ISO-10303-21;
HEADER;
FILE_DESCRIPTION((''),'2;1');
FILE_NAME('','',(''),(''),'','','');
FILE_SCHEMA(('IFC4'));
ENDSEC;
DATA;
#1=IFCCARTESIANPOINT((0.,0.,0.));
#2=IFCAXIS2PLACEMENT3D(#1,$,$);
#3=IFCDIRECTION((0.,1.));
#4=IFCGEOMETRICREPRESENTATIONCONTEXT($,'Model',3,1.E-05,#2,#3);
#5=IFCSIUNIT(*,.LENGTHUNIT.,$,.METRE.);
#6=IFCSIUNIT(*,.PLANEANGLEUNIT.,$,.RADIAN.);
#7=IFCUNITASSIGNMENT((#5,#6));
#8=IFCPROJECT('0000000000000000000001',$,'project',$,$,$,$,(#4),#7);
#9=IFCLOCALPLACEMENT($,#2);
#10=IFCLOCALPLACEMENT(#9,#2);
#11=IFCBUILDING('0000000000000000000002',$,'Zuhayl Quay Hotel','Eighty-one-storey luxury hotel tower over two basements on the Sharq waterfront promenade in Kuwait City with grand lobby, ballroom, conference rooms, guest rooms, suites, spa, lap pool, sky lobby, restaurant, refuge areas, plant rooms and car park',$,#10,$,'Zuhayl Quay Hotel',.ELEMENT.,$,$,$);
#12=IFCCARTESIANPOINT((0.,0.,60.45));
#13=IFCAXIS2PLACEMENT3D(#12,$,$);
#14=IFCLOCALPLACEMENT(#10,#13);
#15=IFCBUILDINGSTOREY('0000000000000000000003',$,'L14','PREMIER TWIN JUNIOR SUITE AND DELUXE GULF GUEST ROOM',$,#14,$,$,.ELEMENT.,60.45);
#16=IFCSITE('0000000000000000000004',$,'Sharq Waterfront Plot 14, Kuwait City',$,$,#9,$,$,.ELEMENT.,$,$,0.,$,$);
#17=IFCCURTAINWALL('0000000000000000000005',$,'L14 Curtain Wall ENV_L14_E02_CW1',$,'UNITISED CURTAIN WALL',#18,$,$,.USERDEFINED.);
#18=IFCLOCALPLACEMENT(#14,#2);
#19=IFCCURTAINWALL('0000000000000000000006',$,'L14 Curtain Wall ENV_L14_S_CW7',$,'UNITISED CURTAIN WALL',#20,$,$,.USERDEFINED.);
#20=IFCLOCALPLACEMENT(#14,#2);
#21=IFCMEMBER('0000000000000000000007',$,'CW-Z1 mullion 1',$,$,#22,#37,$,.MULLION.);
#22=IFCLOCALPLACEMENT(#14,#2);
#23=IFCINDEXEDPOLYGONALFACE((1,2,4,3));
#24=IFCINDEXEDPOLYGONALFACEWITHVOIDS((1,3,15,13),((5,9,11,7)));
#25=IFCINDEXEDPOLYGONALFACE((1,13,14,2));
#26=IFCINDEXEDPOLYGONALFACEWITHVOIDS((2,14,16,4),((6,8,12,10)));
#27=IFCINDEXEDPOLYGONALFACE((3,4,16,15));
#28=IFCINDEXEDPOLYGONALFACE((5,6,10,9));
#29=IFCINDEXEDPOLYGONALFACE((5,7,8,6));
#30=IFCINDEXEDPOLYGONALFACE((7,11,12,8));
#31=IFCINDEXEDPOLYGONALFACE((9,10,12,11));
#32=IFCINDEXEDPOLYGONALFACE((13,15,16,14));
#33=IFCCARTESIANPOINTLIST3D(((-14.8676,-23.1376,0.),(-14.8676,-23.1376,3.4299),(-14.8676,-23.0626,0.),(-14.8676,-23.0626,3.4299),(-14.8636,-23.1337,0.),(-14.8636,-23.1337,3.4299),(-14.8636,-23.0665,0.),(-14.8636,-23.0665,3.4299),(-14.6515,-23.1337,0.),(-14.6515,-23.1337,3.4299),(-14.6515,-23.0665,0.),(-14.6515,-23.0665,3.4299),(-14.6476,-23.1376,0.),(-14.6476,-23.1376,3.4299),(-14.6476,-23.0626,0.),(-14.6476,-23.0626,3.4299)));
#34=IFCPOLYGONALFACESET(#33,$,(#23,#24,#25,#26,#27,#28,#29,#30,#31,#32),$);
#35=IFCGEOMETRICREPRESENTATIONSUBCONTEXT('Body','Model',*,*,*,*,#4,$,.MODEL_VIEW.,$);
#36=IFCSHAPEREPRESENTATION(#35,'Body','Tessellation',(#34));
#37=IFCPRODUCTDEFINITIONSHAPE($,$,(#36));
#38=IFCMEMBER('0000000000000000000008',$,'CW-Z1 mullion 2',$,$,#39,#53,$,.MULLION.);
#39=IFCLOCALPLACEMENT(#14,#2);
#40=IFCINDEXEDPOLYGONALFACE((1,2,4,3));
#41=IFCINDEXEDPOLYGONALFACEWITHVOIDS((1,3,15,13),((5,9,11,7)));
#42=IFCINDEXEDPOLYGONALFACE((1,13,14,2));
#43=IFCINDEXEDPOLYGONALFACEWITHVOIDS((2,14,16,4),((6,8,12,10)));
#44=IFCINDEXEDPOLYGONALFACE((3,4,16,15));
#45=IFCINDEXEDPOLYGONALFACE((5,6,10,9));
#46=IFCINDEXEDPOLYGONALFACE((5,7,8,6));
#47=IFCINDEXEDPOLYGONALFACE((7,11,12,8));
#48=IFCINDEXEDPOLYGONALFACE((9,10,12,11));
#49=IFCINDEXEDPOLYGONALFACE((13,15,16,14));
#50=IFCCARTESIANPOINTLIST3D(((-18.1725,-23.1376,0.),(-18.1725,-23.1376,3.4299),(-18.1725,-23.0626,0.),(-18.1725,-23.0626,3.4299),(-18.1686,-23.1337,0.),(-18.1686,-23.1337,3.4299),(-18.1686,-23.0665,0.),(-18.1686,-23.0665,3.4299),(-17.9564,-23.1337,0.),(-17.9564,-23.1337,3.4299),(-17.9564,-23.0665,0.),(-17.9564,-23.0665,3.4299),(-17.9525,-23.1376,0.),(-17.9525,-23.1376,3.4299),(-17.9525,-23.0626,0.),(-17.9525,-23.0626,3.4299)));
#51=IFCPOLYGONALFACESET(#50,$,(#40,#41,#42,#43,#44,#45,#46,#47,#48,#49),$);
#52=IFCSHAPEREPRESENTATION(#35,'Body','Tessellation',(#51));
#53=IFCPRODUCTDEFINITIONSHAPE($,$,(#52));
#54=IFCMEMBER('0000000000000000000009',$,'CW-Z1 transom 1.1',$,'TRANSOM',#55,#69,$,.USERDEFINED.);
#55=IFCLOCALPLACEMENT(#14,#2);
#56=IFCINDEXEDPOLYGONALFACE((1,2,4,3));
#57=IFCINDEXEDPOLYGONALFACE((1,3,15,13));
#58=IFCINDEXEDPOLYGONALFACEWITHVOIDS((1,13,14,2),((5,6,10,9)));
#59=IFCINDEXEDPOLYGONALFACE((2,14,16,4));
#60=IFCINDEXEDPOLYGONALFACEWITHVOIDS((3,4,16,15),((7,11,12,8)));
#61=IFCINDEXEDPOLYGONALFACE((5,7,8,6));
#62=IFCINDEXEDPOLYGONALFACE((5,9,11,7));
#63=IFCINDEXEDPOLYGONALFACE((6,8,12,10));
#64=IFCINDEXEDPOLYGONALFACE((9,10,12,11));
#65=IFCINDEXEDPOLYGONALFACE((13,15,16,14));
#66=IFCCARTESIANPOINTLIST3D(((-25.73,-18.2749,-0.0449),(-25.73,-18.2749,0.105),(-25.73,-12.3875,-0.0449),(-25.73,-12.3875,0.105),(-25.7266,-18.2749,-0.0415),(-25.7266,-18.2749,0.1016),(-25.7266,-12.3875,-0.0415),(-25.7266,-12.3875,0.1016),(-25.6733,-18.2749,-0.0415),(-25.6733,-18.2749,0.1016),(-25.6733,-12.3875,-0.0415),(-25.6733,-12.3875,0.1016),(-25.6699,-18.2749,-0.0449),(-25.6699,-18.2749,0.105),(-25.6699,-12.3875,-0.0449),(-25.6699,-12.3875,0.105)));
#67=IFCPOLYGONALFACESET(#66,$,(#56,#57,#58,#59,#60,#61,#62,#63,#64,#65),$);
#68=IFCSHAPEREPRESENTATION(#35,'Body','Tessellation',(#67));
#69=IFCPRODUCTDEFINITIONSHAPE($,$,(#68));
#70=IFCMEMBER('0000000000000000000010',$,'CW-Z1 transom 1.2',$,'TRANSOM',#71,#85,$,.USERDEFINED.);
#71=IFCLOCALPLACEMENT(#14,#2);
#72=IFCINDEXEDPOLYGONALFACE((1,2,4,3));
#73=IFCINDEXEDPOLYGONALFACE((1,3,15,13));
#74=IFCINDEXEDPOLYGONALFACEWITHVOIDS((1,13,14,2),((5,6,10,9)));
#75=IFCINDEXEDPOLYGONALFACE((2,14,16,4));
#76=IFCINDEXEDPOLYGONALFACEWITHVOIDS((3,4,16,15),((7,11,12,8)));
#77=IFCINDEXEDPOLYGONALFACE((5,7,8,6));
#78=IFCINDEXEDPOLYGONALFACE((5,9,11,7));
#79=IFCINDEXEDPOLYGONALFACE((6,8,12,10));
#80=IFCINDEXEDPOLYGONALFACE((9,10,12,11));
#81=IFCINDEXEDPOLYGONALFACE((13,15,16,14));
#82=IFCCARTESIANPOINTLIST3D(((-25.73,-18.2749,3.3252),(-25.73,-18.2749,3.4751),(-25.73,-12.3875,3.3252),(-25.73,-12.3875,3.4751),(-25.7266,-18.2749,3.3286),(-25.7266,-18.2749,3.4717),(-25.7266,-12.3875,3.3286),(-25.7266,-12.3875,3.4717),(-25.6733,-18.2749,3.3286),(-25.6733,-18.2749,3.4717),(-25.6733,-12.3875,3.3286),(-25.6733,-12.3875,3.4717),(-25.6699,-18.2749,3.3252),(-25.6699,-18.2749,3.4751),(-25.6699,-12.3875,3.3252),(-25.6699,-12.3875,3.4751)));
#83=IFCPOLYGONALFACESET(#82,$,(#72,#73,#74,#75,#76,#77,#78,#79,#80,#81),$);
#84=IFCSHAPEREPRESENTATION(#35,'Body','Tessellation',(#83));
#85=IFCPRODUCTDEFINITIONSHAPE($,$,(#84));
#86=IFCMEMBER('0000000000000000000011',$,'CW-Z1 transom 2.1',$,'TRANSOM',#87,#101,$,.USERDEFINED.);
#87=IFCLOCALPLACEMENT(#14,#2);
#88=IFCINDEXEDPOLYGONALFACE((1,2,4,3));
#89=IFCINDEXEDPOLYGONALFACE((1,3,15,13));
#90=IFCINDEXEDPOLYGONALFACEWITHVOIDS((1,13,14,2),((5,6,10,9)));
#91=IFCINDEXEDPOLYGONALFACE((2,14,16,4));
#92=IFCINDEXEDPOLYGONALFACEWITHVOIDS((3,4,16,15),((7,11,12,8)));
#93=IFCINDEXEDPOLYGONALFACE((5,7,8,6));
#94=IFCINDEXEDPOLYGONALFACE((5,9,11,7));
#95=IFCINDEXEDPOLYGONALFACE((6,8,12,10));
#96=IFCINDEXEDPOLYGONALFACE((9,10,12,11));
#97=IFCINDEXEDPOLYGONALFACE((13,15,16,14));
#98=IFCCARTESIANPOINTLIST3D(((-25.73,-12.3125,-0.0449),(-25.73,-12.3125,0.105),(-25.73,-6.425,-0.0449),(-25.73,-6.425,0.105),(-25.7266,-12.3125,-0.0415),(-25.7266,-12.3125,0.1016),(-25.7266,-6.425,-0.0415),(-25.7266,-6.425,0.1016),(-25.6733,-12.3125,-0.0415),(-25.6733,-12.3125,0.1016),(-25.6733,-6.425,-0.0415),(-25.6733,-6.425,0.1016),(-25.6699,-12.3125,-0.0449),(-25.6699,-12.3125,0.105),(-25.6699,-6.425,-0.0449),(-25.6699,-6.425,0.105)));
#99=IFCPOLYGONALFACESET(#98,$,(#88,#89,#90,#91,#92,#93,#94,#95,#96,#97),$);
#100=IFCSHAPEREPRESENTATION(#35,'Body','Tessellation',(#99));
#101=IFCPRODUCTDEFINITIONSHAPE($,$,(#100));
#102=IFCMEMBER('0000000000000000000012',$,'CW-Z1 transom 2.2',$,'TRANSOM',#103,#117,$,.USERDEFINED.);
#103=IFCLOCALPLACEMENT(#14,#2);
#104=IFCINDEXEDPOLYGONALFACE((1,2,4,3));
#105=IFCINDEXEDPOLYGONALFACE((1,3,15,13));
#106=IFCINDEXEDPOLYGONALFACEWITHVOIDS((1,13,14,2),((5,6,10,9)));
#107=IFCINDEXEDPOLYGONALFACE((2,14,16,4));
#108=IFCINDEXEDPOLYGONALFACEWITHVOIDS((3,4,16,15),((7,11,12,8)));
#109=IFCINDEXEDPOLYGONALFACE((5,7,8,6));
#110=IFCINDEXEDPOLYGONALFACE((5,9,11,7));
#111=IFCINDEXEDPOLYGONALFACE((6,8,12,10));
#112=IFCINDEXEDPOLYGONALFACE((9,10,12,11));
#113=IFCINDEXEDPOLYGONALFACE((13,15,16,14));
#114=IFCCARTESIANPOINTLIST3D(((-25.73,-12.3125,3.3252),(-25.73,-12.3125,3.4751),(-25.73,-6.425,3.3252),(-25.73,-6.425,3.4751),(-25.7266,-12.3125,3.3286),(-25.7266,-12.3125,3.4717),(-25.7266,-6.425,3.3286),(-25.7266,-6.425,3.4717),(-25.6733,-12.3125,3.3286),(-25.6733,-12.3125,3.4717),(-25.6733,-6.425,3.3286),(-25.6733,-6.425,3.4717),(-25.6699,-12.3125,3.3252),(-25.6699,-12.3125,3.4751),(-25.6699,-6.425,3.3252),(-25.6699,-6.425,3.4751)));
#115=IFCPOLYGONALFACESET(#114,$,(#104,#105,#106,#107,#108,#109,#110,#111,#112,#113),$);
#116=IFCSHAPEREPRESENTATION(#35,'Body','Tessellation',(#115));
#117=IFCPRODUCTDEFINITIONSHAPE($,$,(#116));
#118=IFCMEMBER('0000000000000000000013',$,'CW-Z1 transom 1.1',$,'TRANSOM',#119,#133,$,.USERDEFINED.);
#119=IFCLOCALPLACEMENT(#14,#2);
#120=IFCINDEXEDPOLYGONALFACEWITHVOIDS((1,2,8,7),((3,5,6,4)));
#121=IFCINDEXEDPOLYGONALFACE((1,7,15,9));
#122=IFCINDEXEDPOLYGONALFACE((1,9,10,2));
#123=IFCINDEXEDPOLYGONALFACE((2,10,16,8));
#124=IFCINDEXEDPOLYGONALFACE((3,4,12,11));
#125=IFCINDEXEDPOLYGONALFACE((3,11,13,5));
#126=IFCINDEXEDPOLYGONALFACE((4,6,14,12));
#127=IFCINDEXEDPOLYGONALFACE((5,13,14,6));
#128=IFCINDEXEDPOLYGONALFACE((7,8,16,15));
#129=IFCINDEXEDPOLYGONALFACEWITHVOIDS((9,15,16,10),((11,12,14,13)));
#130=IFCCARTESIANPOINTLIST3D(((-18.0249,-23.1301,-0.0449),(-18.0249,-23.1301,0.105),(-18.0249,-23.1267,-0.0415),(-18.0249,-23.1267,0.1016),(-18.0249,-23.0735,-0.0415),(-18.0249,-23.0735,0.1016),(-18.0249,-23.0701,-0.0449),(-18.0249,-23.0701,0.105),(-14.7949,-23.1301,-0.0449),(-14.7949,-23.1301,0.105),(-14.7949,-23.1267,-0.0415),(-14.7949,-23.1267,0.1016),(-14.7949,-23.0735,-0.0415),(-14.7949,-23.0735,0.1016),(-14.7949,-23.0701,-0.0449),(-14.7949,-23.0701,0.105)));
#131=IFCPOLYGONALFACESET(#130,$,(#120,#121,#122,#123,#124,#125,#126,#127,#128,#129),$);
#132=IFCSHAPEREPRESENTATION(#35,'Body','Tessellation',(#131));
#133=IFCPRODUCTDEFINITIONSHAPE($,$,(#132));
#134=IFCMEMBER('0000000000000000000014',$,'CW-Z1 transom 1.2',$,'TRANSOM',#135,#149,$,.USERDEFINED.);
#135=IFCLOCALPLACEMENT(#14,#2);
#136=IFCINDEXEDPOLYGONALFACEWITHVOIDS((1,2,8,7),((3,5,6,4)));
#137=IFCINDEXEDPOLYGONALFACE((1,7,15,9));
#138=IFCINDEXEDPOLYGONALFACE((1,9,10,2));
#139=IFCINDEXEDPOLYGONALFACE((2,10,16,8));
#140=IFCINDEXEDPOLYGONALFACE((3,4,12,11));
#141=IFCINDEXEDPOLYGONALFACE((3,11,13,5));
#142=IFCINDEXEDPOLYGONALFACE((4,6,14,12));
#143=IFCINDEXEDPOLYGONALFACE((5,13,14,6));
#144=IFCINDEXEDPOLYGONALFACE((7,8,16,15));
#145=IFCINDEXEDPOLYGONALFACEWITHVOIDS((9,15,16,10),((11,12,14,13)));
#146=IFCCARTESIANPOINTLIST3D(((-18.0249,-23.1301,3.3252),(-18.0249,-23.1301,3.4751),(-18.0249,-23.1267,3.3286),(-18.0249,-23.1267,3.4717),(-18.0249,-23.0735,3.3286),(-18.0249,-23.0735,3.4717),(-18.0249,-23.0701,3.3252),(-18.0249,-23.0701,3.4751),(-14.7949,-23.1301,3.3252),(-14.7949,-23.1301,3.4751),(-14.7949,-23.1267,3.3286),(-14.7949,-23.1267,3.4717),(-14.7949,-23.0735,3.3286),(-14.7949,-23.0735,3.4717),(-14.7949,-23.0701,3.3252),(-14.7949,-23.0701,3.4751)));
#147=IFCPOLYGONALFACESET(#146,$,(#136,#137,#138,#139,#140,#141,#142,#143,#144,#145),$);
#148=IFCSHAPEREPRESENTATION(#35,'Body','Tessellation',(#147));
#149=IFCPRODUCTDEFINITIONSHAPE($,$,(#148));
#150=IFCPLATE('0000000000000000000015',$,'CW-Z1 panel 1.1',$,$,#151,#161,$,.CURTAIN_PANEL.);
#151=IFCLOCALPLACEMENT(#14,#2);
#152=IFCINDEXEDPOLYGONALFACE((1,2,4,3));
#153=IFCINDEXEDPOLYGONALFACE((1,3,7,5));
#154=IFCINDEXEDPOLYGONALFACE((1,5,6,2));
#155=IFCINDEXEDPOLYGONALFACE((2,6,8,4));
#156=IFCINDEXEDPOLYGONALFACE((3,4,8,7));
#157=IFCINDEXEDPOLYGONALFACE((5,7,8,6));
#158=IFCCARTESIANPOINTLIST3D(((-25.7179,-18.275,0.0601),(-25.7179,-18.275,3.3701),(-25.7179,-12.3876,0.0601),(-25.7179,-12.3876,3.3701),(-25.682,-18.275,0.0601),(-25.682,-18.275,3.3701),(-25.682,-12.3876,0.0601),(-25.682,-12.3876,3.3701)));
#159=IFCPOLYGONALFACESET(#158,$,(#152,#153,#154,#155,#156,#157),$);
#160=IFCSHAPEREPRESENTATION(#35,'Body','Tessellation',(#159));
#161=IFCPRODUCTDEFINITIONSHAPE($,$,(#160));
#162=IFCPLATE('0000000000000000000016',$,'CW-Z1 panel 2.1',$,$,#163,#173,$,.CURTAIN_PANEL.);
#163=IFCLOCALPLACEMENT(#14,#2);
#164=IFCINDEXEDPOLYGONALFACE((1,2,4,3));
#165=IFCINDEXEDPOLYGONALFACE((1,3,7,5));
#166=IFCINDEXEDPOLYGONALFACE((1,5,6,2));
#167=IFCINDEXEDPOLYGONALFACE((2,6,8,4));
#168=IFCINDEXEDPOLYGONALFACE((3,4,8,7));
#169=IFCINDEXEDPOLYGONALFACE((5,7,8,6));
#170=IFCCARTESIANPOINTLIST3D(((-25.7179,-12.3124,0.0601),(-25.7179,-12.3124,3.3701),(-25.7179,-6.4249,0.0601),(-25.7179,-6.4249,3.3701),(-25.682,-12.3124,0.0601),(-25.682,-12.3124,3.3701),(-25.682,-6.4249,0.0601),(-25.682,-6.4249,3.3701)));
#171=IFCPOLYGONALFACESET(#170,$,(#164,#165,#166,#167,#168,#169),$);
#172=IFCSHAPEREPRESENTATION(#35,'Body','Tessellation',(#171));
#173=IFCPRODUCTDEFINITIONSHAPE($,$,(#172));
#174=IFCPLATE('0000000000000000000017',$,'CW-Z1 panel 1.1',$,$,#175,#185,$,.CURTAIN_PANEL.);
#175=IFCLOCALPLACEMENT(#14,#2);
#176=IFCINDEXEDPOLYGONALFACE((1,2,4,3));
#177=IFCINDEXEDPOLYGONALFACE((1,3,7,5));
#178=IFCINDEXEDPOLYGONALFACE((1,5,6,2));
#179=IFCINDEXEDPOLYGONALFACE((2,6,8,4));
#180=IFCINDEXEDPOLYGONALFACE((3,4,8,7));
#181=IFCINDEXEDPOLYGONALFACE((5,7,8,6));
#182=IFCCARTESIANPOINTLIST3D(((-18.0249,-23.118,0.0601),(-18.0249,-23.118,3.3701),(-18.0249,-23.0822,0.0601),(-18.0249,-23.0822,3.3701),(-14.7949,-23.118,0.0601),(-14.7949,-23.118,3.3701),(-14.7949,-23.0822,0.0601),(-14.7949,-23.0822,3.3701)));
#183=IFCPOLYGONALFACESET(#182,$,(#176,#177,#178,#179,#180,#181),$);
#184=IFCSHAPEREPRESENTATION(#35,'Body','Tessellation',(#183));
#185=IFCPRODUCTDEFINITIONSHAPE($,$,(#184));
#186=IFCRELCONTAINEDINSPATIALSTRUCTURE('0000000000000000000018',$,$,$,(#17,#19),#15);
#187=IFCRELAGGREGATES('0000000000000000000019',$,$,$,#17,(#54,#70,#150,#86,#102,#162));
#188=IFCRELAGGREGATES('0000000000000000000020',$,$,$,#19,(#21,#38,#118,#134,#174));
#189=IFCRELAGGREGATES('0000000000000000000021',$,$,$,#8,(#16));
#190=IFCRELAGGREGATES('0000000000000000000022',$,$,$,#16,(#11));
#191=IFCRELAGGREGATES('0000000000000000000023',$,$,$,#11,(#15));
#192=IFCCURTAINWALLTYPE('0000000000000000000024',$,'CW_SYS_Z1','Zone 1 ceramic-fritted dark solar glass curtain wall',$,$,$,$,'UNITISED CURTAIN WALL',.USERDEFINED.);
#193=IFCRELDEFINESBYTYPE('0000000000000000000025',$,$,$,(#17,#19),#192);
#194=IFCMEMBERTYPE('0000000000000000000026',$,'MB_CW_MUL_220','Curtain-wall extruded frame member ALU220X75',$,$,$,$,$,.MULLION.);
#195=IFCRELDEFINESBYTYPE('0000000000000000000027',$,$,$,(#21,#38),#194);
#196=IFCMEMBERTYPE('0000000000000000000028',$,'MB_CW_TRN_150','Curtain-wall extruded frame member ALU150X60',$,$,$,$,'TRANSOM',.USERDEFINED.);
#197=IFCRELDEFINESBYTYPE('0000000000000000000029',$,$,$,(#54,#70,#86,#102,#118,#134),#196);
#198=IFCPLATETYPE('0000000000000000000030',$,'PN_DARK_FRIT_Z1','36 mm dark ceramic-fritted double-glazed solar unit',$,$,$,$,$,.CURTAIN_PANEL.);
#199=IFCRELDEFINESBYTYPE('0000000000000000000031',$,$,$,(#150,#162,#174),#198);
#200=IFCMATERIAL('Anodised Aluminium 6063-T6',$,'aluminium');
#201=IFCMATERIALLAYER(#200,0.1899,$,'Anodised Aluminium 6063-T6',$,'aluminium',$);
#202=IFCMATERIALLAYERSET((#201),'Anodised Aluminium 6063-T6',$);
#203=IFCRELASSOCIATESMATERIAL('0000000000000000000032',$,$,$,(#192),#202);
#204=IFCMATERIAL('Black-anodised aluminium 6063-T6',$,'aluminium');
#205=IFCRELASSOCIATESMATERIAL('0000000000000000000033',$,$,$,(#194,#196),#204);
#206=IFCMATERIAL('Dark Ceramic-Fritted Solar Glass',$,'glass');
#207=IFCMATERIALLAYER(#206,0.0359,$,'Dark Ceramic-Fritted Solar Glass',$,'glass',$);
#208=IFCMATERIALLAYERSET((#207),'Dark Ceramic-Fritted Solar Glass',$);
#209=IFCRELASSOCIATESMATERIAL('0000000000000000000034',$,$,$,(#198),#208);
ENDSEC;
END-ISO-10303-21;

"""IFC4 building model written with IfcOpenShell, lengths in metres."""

from ifc_helpers import new_model, si_unit, direction, frame, origin, origin_2d, place, context, subcontext, project, spatial, rectangle, hollow_rectangle, extrude, material, layer, layer_set, material_profile, profile_set, type_object, element, aggregate, save


model = new_model("IFC4")

# Units and contexts
model_context = context("Model", 3, precision=1e-05, world=origin(), true_north=direction((0.0, 1.0)))
body_context = subcontext(model_context, "Body", "Model", "MODEL_VIEW")
ifc_project = project(units=[si_unit("LENGTHUNIT", "METRE"), si_unit("PLANEANGLEUNIT", "RADIAN")], contexts=[model_context])

# Site, building, storey
site_placement = place(None, origin())
site = spatial("IfcSite", under=ifc_project, at=site_placement, Name="Sharq Waterfront Plot 14, Kuwait City", CompositionType="ELEMENT", RefElevation=0.0)
building_placement = place(site_placement, origin())
building = spatial("IfcBuilding", under=site, at=building_placement, Name="Zuhayl Quay Hotel", Description="Eighty-one-storey luxury hotel tower over two basements on the Sharq waterfront promenade in Kuwait City with grand lobby, ballroom, conference rooms, guest rooms, suites, spa, lap pool, sky lobby, restaurant, refuge areas, plant rooms and car park", LongName="Zuhayl Quay Hotel", CompositionType="ELEMENT")
storey_placement = place(building_placement, frame((0.0, 0.0, 60.45)))
storey = spatial("IfcBuildingStorey", under=building, at=storey_placement, Name="L14", Description="PREMIER TWIN JUNIOR SUITE AND DELUXE GULF GUEST ROOM", CompositionType="ELEMENT", Elevation=60.45)

# Curtain walls, members
ifc_material_1 = material(Name="Anodised Aluminium 6063-T6", Category="aluminium")
ifc_layer_1 = layer(ifc_material_1, 0.1899, Name="Anodised Aluminium 6063-T6", Category="aluminium")
ifc_layer_set_1 = layer_set([ifc_layer_1], Name="Anodised Aluminium 6063-T6")
curtain_wall_type = type_object("IfcCurtainWallType", Name="CW_SYS_Z1", Description="Zone 1 ceramic-fritted dark solar glass curtain wall", ElementType="UNITISED CURTAIN WALL", PredefinedType="USERDEFINED", material=ifc_layer_set_1)
curtain_wall_1_placement = place(storey_placement, origin())
curtain_wall_1 = element("IfcCurtainWall", 1, at=curtain_wall_1_placement, inside=storey, type_object=curtain_wall_type, Name="L14 Curtain Wall ENV_L14_E02_CW1", ObjectType="UNITISED CURTAIN WALL", PredefinedType="USERDEFINED")
ifc_material_2 = material(Name="Black-anodised aluminium 6063-T6", Category="aluminium")
ifc_material_profile_1 = material_profile(ifc_material_2, hollow_rectangle(XDim=0.075, YDim=0.22, WallThickness=0.0039, at=origin_2d()), Name="ALU220X75")
ifc_profile_set_1 = profile_set([ifc_material_profile_1], Name="Black-anodised aluminium 6063-T6")
member_type_1 = type_object("IfcMemberType", Name="MB_CW_MUL_220", Description="Curtain-wall extruded frame member ALU220X75", PredefinedType="MULLION", material=ifc_profile_set_1)
curtain_wall_2_placement = place(storey_placement, origin())
curtain_wall_2 = element("IfcCurtainWall", 2, at=curtain_wall_2_placement, inside=storey, type_object=curtain_wall_type, Name="L14 Curtain Wall ENV_L14_S_CW7", ObjectType="UNITISED CURTAIN WALL", PredefinedType="USERDEFINED")
member_1_placement = place(storey_placement, frame((-14.7576, -23.1001, 0.0), z_axis=(0.0, 0.0, 1.0), x_axis=(0.0, -1.0, 0.0)))
member_1 = element("IfcMember", 3, at=member_1_placement, type_object=member_type_1, Name="CW-Z1 mullion 1", PredefinedType="MULLION", context=body_context, shape_type="SweptSolid", body=[
    extrude(hollow_rectangle(XDim=0.075, YDim=0.22, WallThickness=0.0039, at=origin_2d()), origin(), (0.0, 0.0, 1.0), 3.4299),
])
member_2_placement = place(storey_placement, frame((-18.0625, -23.1001, 0.0), z_axis=(0.0, 0.0, 1.0), x_axis=(0.0, -1.0, 0.0)))
member_2 = element("IfcMember", 4, at=member_2_placement, type_object=member_type_1, Name="CW-Z1 mullion 2", PredefinedType="MULLION", context=body_context, shape_type="SweptSolid", body=[
    extrude(hollow_rectangle(XDim=0.075, YDim=0.22, WallThickness=0.0039, at=origin_2d()), origin(), (0.0, 0.0, 1.0), 3.4299),
])

# Members
ifc_material_profile_2 = material_profile(ifc_material_2, hollow_rectangle(XDim=0.0601, YDim=0.1499, WallThickness=0.0034, at=origin_2d()), Name="ALU150X60")
ifc_profile_set_2 = profile_set([ifc_material_profile_2], Name="Black-anodised aluminium 6063-T6")
member_type_2 = type_object("IfcMemberType", Name="MB_CW_TRN_150", Description="Curtain-wall extruded frame member ALU150X60", ElementType="TRANSOM", PredefinedType="USERDEFINED", material=ifc_profile_set_2)
member_3_placement = place(storey_placement, frame((-25.7, -18.2749, 0.03), z_axis=(0.0, 1.0, 0.0), x_axis=(-1.0, 0.0, 0.0)))
member_3 = element("IfcMember", 5, at=member_3_placement, type_object=member_type_2, Name="CW-Z1 transom 1.1", ObjectType="TRANSOM", PredefinedType="USERDEFINED", context=body_context, shape_type="SweptSolid", body=[
    extrude(hollow_rectangle(XDim=0.0601, YDim=0.1499, WallThickness=0.0034, at=origin_2d()), origin(), (0.0, 0.0, 1.0), 5.8875),
])
member_4_placement = place(storey_placement, frame((-25.7, -18.2749, 3.4001), z_axis=(0.0, 1.0, 0.0), x_axis=(-1.0, 0.0, 0.0)))
member_4 = element("IfcMember", 6, at=member_4_placement, type_object=member_type_2, Name="CW-Z1 transom 1.2", ObjectType="TRANSOM", PredefinedType="USERDEFINED", context=body_context, shape_type="SweptSolid", body=[
    extrude(hollow_rectangle(XDim=0.0601, YDim=0.1499, WallThickness=0.0034, at=origin_2d()), origin(), (0.0, 0.0, 1.0), 5.8875),
])
member_5_placement = place(storey_placement, frame((-25.7, -12.3125, 0.03), z_axis=(0.0, 1.0, 0.0), x_axis=(-1.0, 0.0, 0.0)))
member_5 = element("IfcMember", 7, at=member_5_placement, type_object=member_type_2, Name="CW-Z1 transom 2.1", ObjectType="TRANSOM", PredefinedType="USERDEFINED", context=body_context, shape_type="SweptSolid", body=[
    extrude(hollow_rectangle(XDim=0.0601, YDim=0.1499, WallThickness=0.0034, at=origin_2d()), origin(), (0.0, 0.0, 1.0), 5.8875),
])
member_6_placement = place(storey_placement, frame((-25.7, -12.3125, 3.4001), z_axis=(0.0, 1.0, 0.0), x_axis=(-1.0, 0.0, 0.0)))
member_6 = element("IfcMember", 8, at=member_6_placement, type_object=member_type_2, Name="CW-Z1 transom 2.2", ObjectType="TRANSOM", PredefinedType="USERDEFINED", context=body_context, shape_type="SweptSolid", body=[
    extrude(hollow_rectangle(XDim=0.0601, YDim=0.1499, WallThickness=0.0034, at=origin_2d()), origin(), (0.0, 0.0, 1.0), 5.8875),
])
member_7_placement = place(storey_placement, frame((-14.7949, -23.1001, 0.03), z_axis=(-1.0, 0.0, 0.0), x_axis=(0.0, -1.0, 0.0)))
member_7 = element("IfcMember", 9, at=member_7_placement, type_object=member_type_2, Name="CW-Z1 transom 1.1", ObjectType="TRANSOM", PredefinedType="USERDEFINED", context=body_context, shape_type="SweptSolid", body=[
    extrude(hollow_rectangle(XDim=0.0601, YDim=0.1499, WallThickness=0.0034, at=origin_2d()), origin(), (0.0, 0.0, 1.0), 3.23),
])
member_8_placement = place(storey_placement, frame((-14.7949, -23.1001, 3.4001), z_axis=(-1.0, 0.0, 0.0), x_axis=(0.0, -1.0, 0.0)))
member_8 = element("IfcMember", 10, at=member_8_placement, type_object=member_type_2, Name="CW-Z1 transom 1.2", ObjectType="TRANSOM", PredefinedType="USERDEFINED", context=body_context, shape_type="SweptSolid", body=[
    extrude(hollow_rectangle(XDim=0.0601, YDim=0.1499, WallThickness=0.0034, at=origin_2d()), origin(), (0.0, 0.0, 1.0), 3.23),
])

# Plates
ifc_material_3 = material(Name="Dark Ceramic-Fritted Solar Glass", Category="glass")
ifc_layer_2 = layer(ifc_material_3, 0.0359, Name="Dark Ceramic-Fritted Solar Glass", Category="glass")
ifc_layer_set_2 = layer_set([ifc_layer_2], Name="Dark Ceramic-Fritted Solar Glass")
plate_type = type_object("IfcPlateType", Name="PN_DARK_FRIT_Z1", Description="36 mm dark ceramic-fritted double-glazed solar unit", PredefinedType="CURTAIN_PANEL", material=ifc_layer_set_2)
plate_1_placement = place(storey_placement, frame((-25.7, -15.3313, 0.0601), z_axis=(0.0, 0.0, 1.0), x_axis=(0.0, 1.0, 0.0)))
plate_1 = element("IfcPlate", 11, at=plate_1_placement, type_object=plate_type, Name="CW-Z1 panel 1.1", PredefinedType="CURTAIN_PANEL", context=body_context, shape_type="SweptSolid", body=[
    extrude(rectangle(XDim=5.8875, YDim=0.0359, at=origin_2d()), origin(), (0.0, 0.0, 1.0), 3.3101),
])
plate_2_placement = place(storey_placement, frame((-25.7, -9.3687, 0.0601), z_axis=(0.0, 0.0, 1.0), x_axis=(0.0, 1.0, 0.0)))
plate_2 = element("IfcPlate", 12, at=plate_2_placement, type_object=plate_type, Name="CW-Z1 panel 2.1", PredefinedType="CURTAIN_PANEL", context=body_context, shape_type="SweptSolid", body=[
    extrude(rectangle(XDim=5.8875, YDim=0.0359, at=origin_2d()), origin(), (0.0, 0.0, 1.0), 3.3101),
])
aggregate(curtain_wall_1, [member_3, member_4, plate_1, member_5, member_6, plate_2])
plate_3_placement = place(storey_placement, frame((-16.4099, -23.1001, 0.0601), z_axis=(0.0, 0.0, 1.0), x_axis=(-1.0, 0.0, 0.0)))
plate_3 = element("IfcPlate", 13, at=plate_3_placement, type_object=plate_type, Name="CW-Z1 panel 1.1", PredefinedType="CURTAIN_PANEL", context=body_context, shape_type="SweptSolid", body=[
    extrude(rectangle(XDim=3.23, YDim=0.0359, at=origin_2d()), origin(), (0.0, 0.0, 1.0), 3.3101),
])
aggregate(curtain_wall_2, [member_1, member_2, member_7, member_8, plate_3])

save(model, "model.ifc")
